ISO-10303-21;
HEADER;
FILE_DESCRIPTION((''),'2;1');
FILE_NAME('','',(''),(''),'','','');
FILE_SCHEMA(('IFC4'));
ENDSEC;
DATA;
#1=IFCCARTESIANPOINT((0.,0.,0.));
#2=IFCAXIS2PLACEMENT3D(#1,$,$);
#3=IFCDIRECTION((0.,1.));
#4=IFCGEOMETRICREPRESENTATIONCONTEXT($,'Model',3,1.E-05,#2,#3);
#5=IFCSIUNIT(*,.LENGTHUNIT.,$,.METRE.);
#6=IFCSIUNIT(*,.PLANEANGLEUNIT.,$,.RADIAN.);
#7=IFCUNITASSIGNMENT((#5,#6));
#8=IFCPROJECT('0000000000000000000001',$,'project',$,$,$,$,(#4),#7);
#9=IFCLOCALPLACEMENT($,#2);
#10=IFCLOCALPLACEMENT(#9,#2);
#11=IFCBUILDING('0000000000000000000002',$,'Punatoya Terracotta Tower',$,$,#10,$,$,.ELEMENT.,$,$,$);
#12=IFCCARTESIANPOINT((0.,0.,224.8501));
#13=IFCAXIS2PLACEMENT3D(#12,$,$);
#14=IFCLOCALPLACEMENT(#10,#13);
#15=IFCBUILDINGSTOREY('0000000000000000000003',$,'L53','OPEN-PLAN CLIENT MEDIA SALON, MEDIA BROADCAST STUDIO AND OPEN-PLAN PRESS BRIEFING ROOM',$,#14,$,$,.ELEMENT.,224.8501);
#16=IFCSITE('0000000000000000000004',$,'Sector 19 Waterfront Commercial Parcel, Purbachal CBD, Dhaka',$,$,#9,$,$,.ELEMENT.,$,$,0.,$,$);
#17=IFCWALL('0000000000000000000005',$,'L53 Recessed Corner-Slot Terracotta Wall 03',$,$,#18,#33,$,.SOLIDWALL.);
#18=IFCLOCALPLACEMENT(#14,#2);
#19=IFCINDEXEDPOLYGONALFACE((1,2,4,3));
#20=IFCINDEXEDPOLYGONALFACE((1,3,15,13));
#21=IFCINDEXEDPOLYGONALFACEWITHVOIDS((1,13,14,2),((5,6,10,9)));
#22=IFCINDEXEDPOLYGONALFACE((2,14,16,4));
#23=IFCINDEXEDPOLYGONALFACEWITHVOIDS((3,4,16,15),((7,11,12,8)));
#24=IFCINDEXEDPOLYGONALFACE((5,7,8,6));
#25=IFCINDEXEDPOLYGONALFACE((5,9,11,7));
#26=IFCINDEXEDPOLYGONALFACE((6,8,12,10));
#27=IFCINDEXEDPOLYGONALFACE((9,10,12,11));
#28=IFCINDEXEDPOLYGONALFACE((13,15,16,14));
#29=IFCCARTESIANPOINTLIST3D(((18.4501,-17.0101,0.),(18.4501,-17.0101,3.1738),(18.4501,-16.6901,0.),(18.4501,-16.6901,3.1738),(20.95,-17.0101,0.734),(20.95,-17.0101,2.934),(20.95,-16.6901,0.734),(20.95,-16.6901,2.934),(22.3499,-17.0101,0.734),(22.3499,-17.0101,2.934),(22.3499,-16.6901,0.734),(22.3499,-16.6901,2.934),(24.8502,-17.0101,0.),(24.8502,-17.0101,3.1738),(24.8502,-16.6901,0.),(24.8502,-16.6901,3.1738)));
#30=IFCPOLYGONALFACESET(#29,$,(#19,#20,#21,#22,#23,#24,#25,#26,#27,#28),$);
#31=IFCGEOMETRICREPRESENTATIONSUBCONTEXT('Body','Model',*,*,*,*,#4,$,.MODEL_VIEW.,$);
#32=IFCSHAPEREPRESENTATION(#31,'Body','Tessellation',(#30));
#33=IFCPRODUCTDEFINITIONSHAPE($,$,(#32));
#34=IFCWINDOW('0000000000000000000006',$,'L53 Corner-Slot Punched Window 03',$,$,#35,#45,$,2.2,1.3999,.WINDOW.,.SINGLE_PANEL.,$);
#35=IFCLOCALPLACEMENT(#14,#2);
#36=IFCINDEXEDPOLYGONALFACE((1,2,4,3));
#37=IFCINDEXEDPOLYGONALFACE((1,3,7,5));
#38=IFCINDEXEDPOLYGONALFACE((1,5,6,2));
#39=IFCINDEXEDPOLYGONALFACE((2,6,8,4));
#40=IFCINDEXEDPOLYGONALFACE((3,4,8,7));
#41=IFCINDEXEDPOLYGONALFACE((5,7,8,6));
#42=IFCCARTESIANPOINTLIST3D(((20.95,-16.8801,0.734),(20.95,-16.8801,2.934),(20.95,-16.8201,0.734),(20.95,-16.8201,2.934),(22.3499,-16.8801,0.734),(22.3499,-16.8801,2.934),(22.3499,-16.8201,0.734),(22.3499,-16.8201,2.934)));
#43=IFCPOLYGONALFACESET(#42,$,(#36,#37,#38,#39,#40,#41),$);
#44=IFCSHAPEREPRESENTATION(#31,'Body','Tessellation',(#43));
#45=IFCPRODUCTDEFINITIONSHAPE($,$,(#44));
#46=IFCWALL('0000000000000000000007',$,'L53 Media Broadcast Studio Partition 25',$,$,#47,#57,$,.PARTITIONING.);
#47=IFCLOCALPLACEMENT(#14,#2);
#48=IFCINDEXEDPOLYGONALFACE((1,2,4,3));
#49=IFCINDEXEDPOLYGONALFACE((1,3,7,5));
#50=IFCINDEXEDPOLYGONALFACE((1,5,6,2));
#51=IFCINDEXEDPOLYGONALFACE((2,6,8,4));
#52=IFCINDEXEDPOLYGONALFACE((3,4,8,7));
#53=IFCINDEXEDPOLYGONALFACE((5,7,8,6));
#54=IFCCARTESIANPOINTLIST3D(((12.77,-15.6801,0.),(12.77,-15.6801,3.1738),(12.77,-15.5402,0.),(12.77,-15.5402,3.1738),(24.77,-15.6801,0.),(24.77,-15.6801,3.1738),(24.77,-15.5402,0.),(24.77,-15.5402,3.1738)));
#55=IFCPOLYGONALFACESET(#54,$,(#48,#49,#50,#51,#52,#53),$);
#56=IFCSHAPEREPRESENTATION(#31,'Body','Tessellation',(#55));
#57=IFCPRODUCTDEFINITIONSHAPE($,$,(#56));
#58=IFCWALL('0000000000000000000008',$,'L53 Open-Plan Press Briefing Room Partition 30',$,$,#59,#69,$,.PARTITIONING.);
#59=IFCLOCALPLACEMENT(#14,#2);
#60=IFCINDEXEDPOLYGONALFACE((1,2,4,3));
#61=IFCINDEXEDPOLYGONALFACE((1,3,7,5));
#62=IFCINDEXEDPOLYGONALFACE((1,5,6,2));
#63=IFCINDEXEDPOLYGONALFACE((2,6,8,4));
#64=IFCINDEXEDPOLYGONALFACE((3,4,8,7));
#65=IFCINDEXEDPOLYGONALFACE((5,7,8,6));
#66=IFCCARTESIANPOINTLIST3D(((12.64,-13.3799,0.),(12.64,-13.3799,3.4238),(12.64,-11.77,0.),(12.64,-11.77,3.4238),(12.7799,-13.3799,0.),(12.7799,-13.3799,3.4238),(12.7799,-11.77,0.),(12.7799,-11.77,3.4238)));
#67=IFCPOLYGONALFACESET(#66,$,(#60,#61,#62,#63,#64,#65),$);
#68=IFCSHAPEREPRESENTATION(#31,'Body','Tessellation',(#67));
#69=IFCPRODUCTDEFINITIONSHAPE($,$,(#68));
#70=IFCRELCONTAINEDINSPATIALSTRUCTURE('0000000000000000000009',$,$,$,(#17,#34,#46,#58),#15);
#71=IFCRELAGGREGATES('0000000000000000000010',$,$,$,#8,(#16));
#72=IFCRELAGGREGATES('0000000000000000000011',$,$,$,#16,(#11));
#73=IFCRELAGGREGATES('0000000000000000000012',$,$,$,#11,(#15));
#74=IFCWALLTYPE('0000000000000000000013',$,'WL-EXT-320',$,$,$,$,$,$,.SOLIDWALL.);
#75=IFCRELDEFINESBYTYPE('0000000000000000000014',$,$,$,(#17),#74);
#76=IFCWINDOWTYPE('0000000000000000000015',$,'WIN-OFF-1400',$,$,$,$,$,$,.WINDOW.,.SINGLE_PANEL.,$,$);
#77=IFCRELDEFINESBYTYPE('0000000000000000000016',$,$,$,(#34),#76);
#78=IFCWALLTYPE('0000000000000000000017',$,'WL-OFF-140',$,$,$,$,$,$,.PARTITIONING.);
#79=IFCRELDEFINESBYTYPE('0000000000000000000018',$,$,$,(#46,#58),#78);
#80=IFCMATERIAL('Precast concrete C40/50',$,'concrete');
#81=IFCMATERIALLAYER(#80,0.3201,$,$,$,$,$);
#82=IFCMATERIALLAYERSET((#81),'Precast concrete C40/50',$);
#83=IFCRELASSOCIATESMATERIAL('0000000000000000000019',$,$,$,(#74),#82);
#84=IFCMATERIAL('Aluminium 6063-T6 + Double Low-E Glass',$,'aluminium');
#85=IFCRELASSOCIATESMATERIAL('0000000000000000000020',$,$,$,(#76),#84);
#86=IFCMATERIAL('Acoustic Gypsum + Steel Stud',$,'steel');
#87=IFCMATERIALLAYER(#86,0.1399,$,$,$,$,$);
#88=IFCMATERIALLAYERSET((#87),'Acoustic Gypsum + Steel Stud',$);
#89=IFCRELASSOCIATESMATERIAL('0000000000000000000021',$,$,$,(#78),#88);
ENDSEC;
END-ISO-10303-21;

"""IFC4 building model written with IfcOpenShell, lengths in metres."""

from ifc_helpers import new_model, si_unit, direction, frame, frame_2d, origin, place, context, subcontext, project, spatial, rectangle, extrude, material, layer, layer_set, type_object, element, fill, save


model = new_model("IFC4")

# Units and contexts
model_context = context("Model", 3, precision=1e-05, world=origin(), true_north=direction((0.0, 1.0)))
body_context = subcontext(model_context, "Body", "Model", "MODEL_VIEW")
ifc_project = project(units=[si_unit("LENGTHUNIT", "METRE"), si_unit("PLANEANGLEUNIT", "RADIAN")], contexts=[model_context])

# Site, building, storey
site_placement = place(None, origin())
site = spatial("IfcSite", under=ifc_project, at=site_placement, Name="Sector 19 Waterfront Commercial Parcel, Purbachal CBD, Dhaka", CompositionType="ELEMENT", RefElevation=0.0)
building_placement = place(site_placement, origin())
building = spatial("IfcBuilding", under=site, at=building_placement, Name="Punatoya Terracotta Tower", CompositionType="ELEMENT")
storey_placement = place(building_placement, frame((0.0, 0.0, 224.8501)))
storey = spatial("IfcBuildingStorey", under=building, at=storey_placement, Name="L53", Description="OPEN-PLAN CLIENT MEDIA SALON, MEDIA BROADCAST STUDIO AND OPEN-PLAN PRESS BRIEFING ROOM", CompositionType="ELEMENT", Elevation=224.8501)

# Shared definitions
ifc_material_1 = material(Name="Aluminium 6063-T6 + Double Low-E Glass", Category="aluminium")

# Wall, opening, window
ifc_material_2 = material(Name="Precast concrete C40/50", Category="concrete")
ifc_layer_1 = layer(ifc_material_2, 0.3201)
ifc_layer_set_1 = layer_set([ifc_layer_1], Name="Precast concrete C40/50")
wall_type_1 = type_object("IfcWallType", Name="WL-EXT-320", PredefinedType="SOLIDWALL", material=ifc_layer_set_1)
window_type = type_object("IfcWindowType", Name="WIN-OFF-1400", PartitioningType="SINGLE_PANEL", PredefinedType="WINDOW", material=ifc_material_1)
wall_1_placement = place(storey_placement, frame((18.45, -16.8501, 0.0), z_axis=(0.0, 0.0, 1.0), x_axis=(1.0, 0.0, 0.0)))
wall_1 = element("IfcWall", 1, at=wall_1_placement, inside=storey, type_object=wall_type_1, Name="L53 Recessed Corner-Slot Terracotta Wall 03", PredefinedType="SOLIDWALL", context=body_context, shape_type="SweptSolid", body=[
    extrude(rectangle(XDim=6.4001, YDim=0.3201, at=frame_2d((3.2002, 0.0))), origin(), (0.0, 0.0, 1.0), 3.1738),
])
opening_1_placement = place(wall_1_placement, frame((2.5, 0.0, 0.7339)))
opening_1 = element("IfcOpeningElement", 2, at=opening_1_placement, cuts=wall_1, PredefinedType="OPENING", context=body_context, shape_type="SweptSolid", body=[
    extrude(rectangle(XDim=1.3999, YDim=2.2, at=frame_2d((0.7, 1.1001))), frame((0.0, 0.1699, 0.0), z_axis=(0.0, -1.0, 0.0), x_axis=(1.0, 0.0, 0.0)), (0.0, 0.0, 1.0), 0.3401),
])
window_1_placement = place(opening_1_placement, origin())
window_1 = element("IfcWindow", 3, at=window_1_placement, inside=storey, type_object=window_type, Name="L53 Corner-Slot Punched Window 03", OverallHeight=2.2, OverallWidth=1.3999, PartitioningType="SINGLE_PANEL", PredefinedType="WINDOW", context=body_context, shape_type="SweptSolid", body=[
    extrude(rectangle(XDim=1.3999, YDim=2.2, at=frame_2d((0.7, 1.1001))), frame((0.0, 0.03, 0.0), z_axis=(0.0, -1.0, 0.0), x_axis=(1.0, 0.0, 0.0)), (0.0, 0.0, 1.0), 0.0601),
])
fill(opening_1, window_1)

# Walls
ifc_material_3 = material(Name="Acoustic Gypsum + Steel Stud", Category="steel")
ifc_layer_2 = layer(ifc_material_3, 0.1399)
ifc_layer_set_2 = layer_set([ifc_layer_2], Name="Acoustic Gypsum + Steel Stud")
wall_type_2 = type_object("IfcWallType", Name="WL-OFF-140", PredefinedType="PARTITIONING", material=ifc_layer_set_2)
wall_2_placement = place(storey_placement, frame((12.77, -15.6101, 0.0), z_axis=(0.0, 0.0, 1.0), x_axis=(1.0, 0.0, 0.0)))
element("IfcWall", 4, at=wall_2_placement, inside=storey, type_object=wall_type_2, Name="L53 Media Broadcast Studio Partition 25", PredefinedType="PARTITIONING", context=body_context, shape_type="SweptSolid", body=[
    extrude(rectangle(XDim=12.0, YDim=0.1399, at=frame_2d((6.0, 0.0))), origin(), (0.0, 0.0, 1.0), 3.1738),
])
wall_3_placement = place(storey_placement, frame((12.71, -13.3799, 0.0), z_axis=(0.0, 0.0, 1.0), x_axis=(0.0, 1.0, 0.0)))
element("IfcWall", 5, at=wall_3_placement, inside=storey, type_object=wall_type_2, Name="L53 Open-Plan Press Briefing Room Partition 30", PredefinedType="PARTITIONING", context=body_context, shape_type="SweptSolid", body=[
    extrude(rectangle(XDim=1.6099, YDim=0.1399, at=frame_2d((0.8049, 0.0))), origin(), (0.0, 0.0, 1.0), 3.4238),
])

save(model, "model.ifc")
